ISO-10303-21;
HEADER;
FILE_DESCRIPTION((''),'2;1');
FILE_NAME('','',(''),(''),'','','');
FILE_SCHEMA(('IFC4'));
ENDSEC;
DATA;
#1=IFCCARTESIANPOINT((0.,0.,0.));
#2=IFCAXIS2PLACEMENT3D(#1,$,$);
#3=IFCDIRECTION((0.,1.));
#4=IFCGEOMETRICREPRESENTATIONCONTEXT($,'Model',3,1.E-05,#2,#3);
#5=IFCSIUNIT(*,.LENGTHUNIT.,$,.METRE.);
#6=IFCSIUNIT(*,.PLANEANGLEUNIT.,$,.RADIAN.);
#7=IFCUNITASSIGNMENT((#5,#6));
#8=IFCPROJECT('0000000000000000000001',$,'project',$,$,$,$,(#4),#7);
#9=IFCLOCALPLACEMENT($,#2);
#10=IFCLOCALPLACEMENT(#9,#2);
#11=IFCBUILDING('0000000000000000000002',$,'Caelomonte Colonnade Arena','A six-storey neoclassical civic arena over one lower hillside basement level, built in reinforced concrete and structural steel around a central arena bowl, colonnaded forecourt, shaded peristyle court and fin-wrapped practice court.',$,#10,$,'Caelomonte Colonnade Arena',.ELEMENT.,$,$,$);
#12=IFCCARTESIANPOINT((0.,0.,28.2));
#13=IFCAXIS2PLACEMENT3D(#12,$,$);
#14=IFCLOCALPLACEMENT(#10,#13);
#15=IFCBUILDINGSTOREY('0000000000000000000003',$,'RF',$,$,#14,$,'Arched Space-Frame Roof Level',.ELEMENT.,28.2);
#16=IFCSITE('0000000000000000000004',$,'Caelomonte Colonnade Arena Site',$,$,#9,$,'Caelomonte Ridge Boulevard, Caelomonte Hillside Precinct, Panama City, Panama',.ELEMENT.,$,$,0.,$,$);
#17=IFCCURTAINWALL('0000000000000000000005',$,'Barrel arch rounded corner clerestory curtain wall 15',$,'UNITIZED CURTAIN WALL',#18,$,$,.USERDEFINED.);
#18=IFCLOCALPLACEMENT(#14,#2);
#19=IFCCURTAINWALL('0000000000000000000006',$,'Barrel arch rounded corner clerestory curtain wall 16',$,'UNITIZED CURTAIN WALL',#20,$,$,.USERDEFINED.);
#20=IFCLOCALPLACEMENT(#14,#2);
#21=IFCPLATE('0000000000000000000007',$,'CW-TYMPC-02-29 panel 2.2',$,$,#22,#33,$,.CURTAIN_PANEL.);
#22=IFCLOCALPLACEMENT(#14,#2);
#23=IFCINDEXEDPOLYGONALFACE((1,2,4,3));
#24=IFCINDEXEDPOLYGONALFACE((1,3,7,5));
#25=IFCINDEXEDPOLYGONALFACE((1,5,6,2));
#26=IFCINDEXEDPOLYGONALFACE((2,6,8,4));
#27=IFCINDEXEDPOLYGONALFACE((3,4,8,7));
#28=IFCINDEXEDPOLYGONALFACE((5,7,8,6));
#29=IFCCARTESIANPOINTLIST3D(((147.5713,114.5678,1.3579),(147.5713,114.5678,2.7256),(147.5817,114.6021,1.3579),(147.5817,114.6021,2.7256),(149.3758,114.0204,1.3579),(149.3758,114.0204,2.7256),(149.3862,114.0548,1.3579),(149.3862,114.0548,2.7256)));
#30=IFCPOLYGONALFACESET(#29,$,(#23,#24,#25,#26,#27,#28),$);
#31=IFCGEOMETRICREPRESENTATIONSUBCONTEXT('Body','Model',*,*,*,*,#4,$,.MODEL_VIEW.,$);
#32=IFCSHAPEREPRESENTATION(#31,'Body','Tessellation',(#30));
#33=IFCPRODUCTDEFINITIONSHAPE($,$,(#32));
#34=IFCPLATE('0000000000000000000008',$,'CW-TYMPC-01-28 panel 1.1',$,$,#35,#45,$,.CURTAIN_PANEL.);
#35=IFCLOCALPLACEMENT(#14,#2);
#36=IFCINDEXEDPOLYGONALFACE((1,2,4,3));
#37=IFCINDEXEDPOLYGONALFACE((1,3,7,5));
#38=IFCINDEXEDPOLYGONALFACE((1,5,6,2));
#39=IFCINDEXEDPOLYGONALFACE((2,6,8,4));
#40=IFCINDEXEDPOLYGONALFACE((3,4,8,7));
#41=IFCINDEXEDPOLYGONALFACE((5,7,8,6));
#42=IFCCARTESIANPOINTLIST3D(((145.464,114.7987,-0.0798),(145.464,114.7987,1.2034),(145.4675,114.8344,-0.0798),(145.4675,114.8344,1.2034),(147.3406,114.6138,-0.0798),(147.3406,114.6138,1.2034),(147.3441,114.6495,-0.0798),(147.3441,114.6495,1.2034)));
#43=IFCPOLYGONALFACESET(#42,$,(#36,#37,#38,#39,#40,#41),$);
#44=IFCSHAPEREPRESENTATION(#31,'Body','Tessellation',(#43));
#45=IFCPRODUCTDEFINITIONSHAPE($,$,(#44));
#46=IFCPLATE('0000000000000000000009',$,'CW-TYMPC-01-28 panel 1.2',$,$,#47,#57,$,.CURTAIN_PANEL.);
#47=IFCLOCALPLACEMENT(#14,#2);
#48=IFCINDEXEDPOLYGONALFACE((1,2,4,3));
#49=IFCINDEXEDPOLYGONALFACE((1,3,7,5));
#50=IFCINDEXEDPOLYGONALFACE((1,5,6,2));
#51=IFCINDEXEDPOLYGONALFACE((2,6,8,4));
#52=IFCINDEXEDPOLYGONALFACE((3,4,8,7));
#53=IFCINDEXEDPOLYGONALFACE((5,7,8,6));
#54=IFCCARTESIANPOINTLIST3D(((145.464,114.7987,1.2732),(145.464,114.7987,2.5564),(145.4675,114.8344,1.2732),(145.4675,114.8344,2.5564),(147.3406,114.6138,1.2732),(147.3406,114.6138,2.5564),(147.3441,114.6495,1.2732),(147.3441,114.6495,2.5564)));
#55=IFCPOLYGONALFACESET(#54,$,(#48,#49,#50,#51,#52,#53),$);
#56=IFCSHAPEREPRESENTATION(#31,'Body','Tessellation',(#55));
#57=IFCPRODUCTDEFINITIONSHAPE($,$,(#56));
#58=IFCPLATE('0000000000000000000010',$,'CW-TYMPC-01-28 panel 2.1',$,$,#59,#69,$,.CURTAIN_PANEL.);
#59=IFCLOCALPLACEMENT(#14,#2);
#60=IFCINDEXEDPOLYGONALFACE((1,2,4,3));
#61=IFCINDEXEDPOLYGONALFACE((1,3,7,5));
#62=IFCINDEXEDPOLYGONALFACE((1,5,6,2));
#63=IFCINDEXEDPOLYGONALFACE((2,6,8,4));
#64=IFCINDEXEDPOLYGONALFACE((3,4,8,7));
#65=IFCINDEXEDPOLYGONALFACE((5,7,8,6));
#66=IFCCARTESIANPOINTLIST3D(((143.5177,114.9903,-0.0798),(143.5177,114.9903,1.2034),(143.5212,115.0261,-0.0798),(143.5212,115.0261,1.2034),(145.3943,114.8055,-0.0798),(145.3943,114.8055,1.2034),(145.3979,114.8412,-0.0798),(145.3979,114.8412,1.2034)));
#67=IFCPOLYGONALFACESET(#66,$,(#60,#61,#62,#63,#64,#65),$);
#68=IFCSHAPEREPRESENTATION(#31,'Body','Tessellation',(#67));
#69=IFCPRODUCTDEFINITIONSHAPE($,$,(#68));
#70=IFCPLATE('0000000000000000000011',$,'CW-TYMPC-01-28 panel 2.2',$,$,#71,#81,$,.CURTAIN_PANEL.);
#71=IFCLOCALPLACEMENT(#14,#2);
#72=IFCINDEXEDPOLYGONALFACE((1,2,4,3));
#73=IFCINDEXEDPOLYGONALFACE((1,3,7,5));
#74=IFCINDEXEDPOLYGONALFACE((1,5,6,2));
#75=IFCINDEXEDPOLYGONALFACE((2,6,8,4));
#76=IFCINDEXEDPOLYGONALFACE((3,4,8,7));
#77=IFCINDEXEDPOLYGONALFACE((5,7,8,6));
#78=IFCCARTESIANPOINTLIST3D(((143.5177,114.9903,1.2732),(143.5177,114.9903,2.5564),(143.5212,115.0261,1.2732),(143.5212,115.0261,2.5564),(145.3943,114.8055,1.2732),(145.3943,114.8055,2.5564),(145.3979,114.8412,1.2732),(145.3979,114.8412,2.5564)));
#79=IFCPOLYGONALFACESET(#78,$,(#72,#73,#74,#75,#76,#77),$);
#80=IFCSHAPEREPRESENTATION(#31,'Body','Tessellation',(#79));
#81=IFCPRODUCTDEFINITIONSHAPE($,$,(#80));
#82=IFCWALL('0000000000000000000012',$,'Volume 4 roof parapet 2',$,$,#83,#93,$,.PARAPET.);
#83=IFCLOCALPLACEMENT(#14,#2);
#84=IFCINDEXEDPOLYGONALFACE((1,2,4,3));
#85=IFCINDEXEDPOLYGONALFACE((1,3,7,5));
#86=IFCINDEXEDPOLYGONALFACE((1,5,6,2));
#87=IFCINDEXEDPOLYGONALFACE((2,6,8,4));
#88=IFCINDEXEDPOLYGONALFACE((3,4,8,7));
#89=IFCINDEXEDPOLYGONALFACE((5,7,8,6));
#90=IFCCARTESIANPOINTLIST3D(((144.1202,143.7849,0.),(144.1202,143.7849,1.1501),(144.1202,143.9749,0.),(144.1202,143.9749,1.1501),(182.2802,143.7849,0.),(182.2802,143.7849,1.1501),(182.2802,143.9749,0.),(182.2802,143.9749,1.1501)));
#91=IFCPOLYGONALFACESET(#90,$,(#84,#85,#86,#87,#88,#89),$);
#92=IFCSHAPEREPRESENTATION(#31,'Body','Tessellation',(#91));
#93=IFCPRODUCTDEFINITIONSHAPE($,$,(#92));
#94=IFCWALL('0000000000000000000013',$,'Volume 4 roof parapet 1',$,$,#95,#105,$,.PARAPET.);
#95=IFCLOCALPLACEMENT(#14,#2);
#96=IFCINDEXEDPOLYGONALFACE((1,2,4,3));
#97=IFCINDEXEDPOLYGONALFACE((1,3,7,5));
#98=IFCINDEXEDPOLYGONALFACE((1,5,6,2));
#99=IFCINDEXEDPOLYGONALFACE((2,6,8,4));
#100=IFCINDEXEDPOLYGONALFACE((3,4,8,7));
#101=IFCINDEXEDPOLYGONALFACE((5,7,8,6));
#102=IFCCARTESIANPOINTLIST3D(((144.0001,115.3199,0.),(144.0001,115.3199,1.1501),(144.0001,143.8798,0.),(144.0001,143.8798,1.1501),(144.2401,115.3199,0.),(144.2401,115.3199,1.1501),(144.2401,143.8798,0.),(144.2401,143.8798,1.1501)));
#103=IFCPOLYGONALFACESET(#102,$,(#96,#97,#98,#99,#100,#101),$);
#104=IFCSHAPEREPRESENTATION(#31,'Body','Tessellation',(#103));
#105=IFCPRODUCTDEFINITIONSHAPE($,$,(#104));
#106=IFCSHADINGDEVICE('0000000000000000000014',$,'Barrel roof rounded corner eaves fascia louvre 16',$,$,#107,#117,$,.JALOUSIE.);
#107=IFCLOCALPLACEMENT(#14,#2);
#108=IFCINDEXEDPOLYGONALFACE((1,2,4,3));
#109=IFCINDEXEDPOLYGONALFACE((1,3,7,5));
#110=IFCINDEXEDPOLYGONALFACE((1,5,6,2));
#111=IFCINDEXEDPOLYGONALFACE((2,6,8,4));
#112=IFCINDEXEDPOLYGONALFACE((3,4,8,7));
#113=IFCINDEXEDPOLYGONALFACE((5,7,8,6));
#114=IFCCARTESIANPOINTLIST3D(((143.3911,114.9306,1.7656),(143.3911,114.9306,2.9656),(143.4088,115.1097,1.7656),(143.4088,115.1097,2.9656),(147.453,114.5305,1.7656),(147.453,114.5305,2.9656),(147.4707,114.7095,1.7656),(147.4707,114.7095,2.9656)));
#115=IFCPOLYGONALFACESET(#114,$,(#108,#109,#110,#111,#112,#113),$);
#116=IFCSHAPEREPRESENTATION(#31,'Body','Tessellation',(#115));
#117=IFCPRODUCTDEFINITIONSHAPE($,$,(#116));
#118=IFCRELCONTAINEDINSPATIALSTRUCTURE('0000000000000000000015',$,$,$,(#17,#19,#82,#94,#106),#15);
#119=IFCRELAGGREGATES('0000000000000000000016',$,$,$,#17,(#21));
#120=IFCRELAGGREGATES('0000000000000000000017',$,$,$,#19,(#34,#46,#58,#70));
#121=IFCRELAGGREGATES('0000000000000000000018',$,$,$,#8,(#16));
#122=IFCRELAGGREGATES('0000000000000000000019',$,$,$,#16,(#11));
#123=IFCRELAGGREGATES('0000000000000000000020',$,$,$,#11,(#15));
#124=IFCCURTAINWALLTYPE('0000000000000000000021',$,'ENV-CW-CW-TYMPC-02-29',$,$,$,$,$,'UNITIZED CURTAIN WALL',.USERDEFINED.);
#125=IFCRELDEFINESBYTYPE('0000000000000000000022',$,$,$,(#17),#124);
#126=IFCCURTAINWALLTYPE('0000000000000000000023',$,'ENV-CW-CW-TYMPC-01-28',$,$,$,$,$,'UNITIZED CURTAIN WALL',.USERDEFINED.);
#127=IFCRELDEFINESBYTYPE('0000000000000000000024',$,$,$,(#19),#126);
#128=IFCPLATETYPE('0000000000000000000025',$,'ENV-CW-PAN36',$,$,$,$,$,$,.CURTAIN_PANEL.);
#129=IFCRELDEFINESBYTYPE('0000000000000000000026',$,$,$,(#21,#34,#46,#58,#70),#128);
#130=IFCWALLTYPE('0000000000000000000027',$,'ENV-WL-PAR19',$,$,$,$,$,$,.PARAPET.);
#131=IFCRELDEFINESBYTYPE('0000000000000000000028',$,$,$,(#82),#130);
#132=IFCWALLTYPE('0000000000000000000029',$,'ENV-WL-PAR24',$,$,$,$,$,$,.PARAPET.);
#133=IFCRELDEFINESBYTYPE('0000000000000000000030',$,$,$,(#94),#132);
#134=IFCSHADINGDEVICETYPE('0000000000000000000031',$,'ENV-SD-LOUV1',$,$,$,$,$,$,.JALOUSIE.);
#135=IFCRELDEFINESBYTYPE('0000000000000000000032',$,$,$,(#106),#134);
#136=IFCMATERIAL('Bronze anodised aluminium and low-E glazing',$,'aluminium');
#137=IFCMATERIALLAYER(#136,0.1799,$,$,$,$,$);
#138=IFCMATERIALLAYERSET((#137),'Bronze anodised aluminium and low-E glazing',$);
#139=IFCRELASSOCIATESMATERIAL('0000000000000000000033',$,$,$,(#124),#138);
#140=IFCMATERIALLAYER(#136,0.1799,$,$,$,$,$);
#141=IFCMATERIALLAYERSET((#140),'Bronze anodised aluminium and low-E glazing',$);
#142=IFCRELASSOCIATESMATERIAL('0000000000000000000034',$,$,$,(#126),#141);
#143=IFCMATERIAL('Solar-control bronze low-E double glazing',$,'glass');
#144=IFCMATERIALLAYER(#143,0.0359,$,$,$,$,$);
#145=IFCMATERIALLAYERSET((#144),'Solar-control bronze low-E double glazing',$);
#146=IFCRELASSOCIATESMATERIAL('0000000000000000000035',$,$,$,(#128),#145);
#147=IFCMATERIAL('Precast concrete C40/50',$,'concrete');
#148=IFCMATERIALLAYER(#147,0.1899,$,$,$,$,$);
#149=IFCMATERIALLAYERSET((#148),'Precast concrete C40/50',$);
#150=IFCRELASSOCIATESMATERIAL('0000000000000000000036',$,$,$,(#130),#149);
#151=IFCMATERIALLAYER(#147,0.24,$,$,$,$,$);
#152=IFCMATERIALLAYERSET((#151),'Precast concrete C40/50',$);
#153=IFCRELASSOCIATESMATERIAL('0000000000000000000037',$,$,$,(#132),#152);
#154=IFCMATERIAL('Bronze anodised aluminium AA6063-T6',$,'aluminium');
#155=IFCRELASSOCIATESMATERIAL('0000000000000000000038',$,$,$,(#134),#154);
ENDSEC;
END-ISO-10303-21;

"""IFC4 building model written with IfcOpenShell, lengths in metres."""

from ifc_helpers import new_model, si_unit, direction, frame, frame_2d, origin, origin_2d, place, context, subcontext, project, spatial, rectangle, extrude, material, layer, layer_set, type_object, element, aggregate, save


model = new_model("IFC4")

# Units and contexts
model_context = context("Model", 3, precision=1e-05, world=origin(), true_north=direction((0.0, 1.0)))
body_context = subcontext(model_context, "Body", "Model", "MODEL_VIEW")
ifc_project = project(units=[si_unit("LENGTHUNIT", "METRE"), si_unit("PLANEANGLEUNIT", "RADIAN")], contexts=[model_context])

# Site, building, storey
site_placement = place(None, origin())
site = spatial("IfcSite", under=ifc_project, at=site_placement, Name="Caelomonte Colonnade Arena Site", LongName="Caelomonte Ridge Boulevard, Caelomonte Hillside Precinct, Panama City, Panama", CompositionType="ELEMENT", RefElevation=0.0)
building_placement = place(site_placement, origin())
building = spatial("IfcBuilding", under=site, at=building_placement, Name="Caelomonte Colonnade Arena", Description="A six-storey neoclassical civic arena over one lower hillside basement level, built in reinforced concrete and structural steel around a central arena bowl, colonnaded forecourt, shaded peristyle court and fin-wrapped practice court.", LongName="Caelomonte Colonnade Arena", CompositionType="ELEMENT")
storey_placement = place(building_placement, frame((0.0, 0.0, 28.2)))
storey = spatial("IfcBuildingStorey", under=building, at=storey_placement, Name="RF", LongName="Arched Space-Frame Roof Level", CompositionType="ELEMENT", Elevation=28.2)

# Curtain wall
ifc_material_1 = material(Name="Bronze anodised aluminium and low-E glazing", Category="aluminium")
ifc_layer_1 = layer(ifc_material_1, 0.1799)
ifc_layer_set_1 = layer_set([ifc_layer_1], Name="Bronze anodised aluminium and low-E glazing")
curtain_wall_type_1 = type_object("IfcCurtainWallType", Name="ENV-CW-CW-TYMPC-02-29", ElementType="UNITIZED CURTAIN WALL", PredefinedType="USERDEFINED", material=ifc_layer_set_1)
curtain_wall_1_placement = place(storey_placement, origin())
curtain_wall_1 = element("IfcCurtainWall", 1, at=curtain_wall_1_placement, inside=storey, type_object=curtain_wall_type_1, Name="Barrel arch rounded corner clerestory curtain wall 15", ObjectType="UNITIZED CURTAIN WALL", PredefinedType="USERDEFINED")
ifc_material_2 = material(Name="Bronze anodised aluminium AA6063-T6", Category="aluminium")

# Curtain wall
ifc_layer_2 = layer(ifc_material_1, 0.1799)
ifc_layer_set_2 = layer_set([ifc_layer_2], Name="Bronze anodised aluminium and low-E glazing")
curtain_wall_type_2 = type_object("IfcCurtainWallType", Name="ENV-CW-CW-TYMPC-01-28", ElementType="UNITIZED CURTAIN WALL", PredefinedType="USERDEFINED", material=ifc_layer_set_2)
curtain_wall_2_placement = place(storey_placement, origin())
curtain_wall_2 = element("IfcCurtainWall", 2, at=curtain_wall_2_placement, inside=storey, type_object=curtain_wall_type_2, Name="Barrel arch rounded corner clerestory curtain wall 16", ObjectType="UNITIZED CURTAIN WALL", PredefinedType="USERDEFINED")

# Plates
ifc_material_3 = material(Name="Solar-control bronze low-E double glazing", Category="glass")
ifc_layer_3 = layer(ifc_material_3, 0.0359)
ifc_layer_set_3 = layer_set([ifc_layer_3], Name="Solar-control bronze low-E double glazing")
plate_type = type_object("IfcPlateType", Name="ENV-CW-PAN36", PredefinedType="CURTAIN_PANEL", material=ifc_layer_set_3)
plate_1_placement = place(storey_placement, frame((148.4788, 114.3113, 1.3579), z_axis=(0.0, 0.0, 1.0), x_axis=(-0.956946, 0.290266, 0.0)))
plate_1 = element("IfcPlate", 3, at=plate_1_placement, type_object=plate_type, Name="CW-TYMPC-02-29 panel 2.2", PredefinedType="CURTAIN_PANEL", context=body_context, shape_type="SweptSolid", body=[
    extrude(rectangle(XDim=1.8857, YDim=0.0359, at=origin_2d()), origin(), (0.0, 0.0, 1.0), 1.3677),
])
aggregate(curtain_wall_1, [plate_1])
plate_2_placement = place(storey_placement, frame((146.4041, 114.7241, -0.0798), z_axis=(0.0, 0.0, 1.0), x_axis=(-0.995183, 0.098031, 0.0)))
plate_2 = element("IfcPlate", 4, at=plate_2_placement, type_object=plate_type, Name="CW-TYMPC-01-28 panel 1.1", PredefinedType="CURTAIN_PANEL", context=body_context, shape_type="SweptSolid", body=[
    extrude(rectangle(XDim=1.8857, YDim=0.0359, at=origin_2d()), origin(), (0.0, 0.0, 1.0), 1.2832),
])
plate_3_placement = place(storey_placement, frame((146.4041, 114.7241, 1.2732), z_axis=(0.0, 0.0, 1.0), x_axis=(-0.995183, 0.098031, 0.0)))
plate_3 = element("IfcPlate", 5, at=plate_3_placement, type_object=plate_type, Name="CW-TYMPC-01-28 panel 1.2", PredefinedType="CURTAIN_PANEL", context=body_context, shape_type="SweptSolid", body=[
    extrude(rectangle(XDim=1.8857, YDim=0.0359, at=origin_2d()), origin(), (0.0, 0.0, 1.0), 1.2832),
])
plate_4_placement = place(storey_placement, frame((144.4578, 114.9158, -0.0798), z_axis=(0.0, 0.0, 1.0), x_axis=(-0.995183, 0.098031, 0.0)))
plate_4 = element("IfcPlate", 6, at=plate_4_placement, type_object=plate_type, Name="CW-TYMPC-01-28 panel 2.1", PredefinedType="CURTAIN_PANEL", context=body_context, shape_type="SweptSolid", body=[
    extrude(rectangle(XDim=1.8857, YDim=0.0359, at=origin_2d()), origin(), (0.0, 0.0, 1.0), 1.2832),
])
plate_5_placement = place(storey_placement, frame((144.4578, 114.9158, 1.2732), z_axis=(0.0, 0.0, 1.0), x_axis=(-0.995183, 0.098031, 0.0)))
plate_5 = element("IfcPlate", 7, at=plate_5_placement, type_object=plate_type, Name="CW-TYMPC-01-28 panel 2.2", PredefinedType="CURTAIN_PANEL", context=body_context, shape_type="SweptSolid", body=[
    extrude(rectangle(XDim=1.8857, YDim=0.0359, at=origin_2d()), origin(), (0.0, 0.0, 1.0), 1.2832),
])
aggregate(curtain_wall_2, [plate_2, plate_3, plate_4, plate_5])

# Walls
ifc_material_4 = material(Name="Precast concrete C40/50", Category="concrete")
ifc_layer_4 = layer(ifc_material_4, 0.1899)
ifc_layer_set_4 = layer_set([ifc_layer_4], Name="Precast concrete C40/50")
wall_type_1 = type_object("IfcWallType", Name="ENV-WL-PAR19", PredefinedType="PARAPET", material=ifc_layer_set_4)
wall_1_placement = place(storey_placement, frame((144.1201, 143.8799, 0.0), z_axis=(0.0, 0.0, 1.0), x_axis=(1.0, 0.0, 0.0)))
element("IfcWall", 8, at=wall_1_placement, inside=storey, type_object=wall_type_1, Name="Volume 4 roof parapet 2", PredefinedType="PARAPET", context=body_context, shape_type="SweptSolid", body=[
    extrude(rectangle(XDim=38.1599, YDim=0.1899, at=frame_2d((19.0801, 0.0))), origin(), (0.0, 0.0, 1.0), 1.1501),
])
ifc_layer_5 = layer(ifc_material_4, 0.24)
ifc_layer_set_5 = layer_set([ifc_layer_5], Name="Precast concrete C40/50")
wall_type_2 = type_object("IfcWallType", Name="ENV-WL-PAR24", PredefinedType="PARAPET", material=ifc_layer_set_5)
wall_2_placement = place(storey_placement, frame((144.1201, 115.3201, 0.0), z_axis=(0.0, 0.0, 1.0), x_axis=(0.0, 1.0, 0.0)))
element("IfcWall", 9, at=wall_2_placement, inside=storey, type_object=wall_type_2, Name="Volume 4 roof parapet 1", PredefinedType="PARAPET", context=body_context, shape_type="SweptSolid", body=[
    extrude(rectangle(XDim=28.5598, YDim=0.24, at=frame_2d((14.2798, 0.0))), origin(), (0.0, 0.0, 1.0), 1.1501),
])

# Shading device
shading_device_type = type_object("IfcShadingDeviceType", Name="ENV-SD-LOUV1", PredefinedType="JALOUSIE", material=ifc_material_2)
shading_device_placement = place(storey_placement, frame((145.4309, 114.8201, 1.7656), z_axis=(0.0, 0.0, 1.0), x_axis=(-0.995184, 0.098029, 0.0)))
element("IfcShadingDevice", 10, at=shading_device_placement, inside=storey, type_object=shading_device_type, Name="Barrel roof rounded corner eaves fascia louvre 16", PredefinedType="JALOUSIE", context=body_context, shape_type="SweptSolid", body=[
    extrude(rectangle(XDim=4.0815, YDim=0.1799, at=origin_2d()), origin(), (0.0, 0.0, 1.0), 1.2),
])

save(model, "model.ifc")
